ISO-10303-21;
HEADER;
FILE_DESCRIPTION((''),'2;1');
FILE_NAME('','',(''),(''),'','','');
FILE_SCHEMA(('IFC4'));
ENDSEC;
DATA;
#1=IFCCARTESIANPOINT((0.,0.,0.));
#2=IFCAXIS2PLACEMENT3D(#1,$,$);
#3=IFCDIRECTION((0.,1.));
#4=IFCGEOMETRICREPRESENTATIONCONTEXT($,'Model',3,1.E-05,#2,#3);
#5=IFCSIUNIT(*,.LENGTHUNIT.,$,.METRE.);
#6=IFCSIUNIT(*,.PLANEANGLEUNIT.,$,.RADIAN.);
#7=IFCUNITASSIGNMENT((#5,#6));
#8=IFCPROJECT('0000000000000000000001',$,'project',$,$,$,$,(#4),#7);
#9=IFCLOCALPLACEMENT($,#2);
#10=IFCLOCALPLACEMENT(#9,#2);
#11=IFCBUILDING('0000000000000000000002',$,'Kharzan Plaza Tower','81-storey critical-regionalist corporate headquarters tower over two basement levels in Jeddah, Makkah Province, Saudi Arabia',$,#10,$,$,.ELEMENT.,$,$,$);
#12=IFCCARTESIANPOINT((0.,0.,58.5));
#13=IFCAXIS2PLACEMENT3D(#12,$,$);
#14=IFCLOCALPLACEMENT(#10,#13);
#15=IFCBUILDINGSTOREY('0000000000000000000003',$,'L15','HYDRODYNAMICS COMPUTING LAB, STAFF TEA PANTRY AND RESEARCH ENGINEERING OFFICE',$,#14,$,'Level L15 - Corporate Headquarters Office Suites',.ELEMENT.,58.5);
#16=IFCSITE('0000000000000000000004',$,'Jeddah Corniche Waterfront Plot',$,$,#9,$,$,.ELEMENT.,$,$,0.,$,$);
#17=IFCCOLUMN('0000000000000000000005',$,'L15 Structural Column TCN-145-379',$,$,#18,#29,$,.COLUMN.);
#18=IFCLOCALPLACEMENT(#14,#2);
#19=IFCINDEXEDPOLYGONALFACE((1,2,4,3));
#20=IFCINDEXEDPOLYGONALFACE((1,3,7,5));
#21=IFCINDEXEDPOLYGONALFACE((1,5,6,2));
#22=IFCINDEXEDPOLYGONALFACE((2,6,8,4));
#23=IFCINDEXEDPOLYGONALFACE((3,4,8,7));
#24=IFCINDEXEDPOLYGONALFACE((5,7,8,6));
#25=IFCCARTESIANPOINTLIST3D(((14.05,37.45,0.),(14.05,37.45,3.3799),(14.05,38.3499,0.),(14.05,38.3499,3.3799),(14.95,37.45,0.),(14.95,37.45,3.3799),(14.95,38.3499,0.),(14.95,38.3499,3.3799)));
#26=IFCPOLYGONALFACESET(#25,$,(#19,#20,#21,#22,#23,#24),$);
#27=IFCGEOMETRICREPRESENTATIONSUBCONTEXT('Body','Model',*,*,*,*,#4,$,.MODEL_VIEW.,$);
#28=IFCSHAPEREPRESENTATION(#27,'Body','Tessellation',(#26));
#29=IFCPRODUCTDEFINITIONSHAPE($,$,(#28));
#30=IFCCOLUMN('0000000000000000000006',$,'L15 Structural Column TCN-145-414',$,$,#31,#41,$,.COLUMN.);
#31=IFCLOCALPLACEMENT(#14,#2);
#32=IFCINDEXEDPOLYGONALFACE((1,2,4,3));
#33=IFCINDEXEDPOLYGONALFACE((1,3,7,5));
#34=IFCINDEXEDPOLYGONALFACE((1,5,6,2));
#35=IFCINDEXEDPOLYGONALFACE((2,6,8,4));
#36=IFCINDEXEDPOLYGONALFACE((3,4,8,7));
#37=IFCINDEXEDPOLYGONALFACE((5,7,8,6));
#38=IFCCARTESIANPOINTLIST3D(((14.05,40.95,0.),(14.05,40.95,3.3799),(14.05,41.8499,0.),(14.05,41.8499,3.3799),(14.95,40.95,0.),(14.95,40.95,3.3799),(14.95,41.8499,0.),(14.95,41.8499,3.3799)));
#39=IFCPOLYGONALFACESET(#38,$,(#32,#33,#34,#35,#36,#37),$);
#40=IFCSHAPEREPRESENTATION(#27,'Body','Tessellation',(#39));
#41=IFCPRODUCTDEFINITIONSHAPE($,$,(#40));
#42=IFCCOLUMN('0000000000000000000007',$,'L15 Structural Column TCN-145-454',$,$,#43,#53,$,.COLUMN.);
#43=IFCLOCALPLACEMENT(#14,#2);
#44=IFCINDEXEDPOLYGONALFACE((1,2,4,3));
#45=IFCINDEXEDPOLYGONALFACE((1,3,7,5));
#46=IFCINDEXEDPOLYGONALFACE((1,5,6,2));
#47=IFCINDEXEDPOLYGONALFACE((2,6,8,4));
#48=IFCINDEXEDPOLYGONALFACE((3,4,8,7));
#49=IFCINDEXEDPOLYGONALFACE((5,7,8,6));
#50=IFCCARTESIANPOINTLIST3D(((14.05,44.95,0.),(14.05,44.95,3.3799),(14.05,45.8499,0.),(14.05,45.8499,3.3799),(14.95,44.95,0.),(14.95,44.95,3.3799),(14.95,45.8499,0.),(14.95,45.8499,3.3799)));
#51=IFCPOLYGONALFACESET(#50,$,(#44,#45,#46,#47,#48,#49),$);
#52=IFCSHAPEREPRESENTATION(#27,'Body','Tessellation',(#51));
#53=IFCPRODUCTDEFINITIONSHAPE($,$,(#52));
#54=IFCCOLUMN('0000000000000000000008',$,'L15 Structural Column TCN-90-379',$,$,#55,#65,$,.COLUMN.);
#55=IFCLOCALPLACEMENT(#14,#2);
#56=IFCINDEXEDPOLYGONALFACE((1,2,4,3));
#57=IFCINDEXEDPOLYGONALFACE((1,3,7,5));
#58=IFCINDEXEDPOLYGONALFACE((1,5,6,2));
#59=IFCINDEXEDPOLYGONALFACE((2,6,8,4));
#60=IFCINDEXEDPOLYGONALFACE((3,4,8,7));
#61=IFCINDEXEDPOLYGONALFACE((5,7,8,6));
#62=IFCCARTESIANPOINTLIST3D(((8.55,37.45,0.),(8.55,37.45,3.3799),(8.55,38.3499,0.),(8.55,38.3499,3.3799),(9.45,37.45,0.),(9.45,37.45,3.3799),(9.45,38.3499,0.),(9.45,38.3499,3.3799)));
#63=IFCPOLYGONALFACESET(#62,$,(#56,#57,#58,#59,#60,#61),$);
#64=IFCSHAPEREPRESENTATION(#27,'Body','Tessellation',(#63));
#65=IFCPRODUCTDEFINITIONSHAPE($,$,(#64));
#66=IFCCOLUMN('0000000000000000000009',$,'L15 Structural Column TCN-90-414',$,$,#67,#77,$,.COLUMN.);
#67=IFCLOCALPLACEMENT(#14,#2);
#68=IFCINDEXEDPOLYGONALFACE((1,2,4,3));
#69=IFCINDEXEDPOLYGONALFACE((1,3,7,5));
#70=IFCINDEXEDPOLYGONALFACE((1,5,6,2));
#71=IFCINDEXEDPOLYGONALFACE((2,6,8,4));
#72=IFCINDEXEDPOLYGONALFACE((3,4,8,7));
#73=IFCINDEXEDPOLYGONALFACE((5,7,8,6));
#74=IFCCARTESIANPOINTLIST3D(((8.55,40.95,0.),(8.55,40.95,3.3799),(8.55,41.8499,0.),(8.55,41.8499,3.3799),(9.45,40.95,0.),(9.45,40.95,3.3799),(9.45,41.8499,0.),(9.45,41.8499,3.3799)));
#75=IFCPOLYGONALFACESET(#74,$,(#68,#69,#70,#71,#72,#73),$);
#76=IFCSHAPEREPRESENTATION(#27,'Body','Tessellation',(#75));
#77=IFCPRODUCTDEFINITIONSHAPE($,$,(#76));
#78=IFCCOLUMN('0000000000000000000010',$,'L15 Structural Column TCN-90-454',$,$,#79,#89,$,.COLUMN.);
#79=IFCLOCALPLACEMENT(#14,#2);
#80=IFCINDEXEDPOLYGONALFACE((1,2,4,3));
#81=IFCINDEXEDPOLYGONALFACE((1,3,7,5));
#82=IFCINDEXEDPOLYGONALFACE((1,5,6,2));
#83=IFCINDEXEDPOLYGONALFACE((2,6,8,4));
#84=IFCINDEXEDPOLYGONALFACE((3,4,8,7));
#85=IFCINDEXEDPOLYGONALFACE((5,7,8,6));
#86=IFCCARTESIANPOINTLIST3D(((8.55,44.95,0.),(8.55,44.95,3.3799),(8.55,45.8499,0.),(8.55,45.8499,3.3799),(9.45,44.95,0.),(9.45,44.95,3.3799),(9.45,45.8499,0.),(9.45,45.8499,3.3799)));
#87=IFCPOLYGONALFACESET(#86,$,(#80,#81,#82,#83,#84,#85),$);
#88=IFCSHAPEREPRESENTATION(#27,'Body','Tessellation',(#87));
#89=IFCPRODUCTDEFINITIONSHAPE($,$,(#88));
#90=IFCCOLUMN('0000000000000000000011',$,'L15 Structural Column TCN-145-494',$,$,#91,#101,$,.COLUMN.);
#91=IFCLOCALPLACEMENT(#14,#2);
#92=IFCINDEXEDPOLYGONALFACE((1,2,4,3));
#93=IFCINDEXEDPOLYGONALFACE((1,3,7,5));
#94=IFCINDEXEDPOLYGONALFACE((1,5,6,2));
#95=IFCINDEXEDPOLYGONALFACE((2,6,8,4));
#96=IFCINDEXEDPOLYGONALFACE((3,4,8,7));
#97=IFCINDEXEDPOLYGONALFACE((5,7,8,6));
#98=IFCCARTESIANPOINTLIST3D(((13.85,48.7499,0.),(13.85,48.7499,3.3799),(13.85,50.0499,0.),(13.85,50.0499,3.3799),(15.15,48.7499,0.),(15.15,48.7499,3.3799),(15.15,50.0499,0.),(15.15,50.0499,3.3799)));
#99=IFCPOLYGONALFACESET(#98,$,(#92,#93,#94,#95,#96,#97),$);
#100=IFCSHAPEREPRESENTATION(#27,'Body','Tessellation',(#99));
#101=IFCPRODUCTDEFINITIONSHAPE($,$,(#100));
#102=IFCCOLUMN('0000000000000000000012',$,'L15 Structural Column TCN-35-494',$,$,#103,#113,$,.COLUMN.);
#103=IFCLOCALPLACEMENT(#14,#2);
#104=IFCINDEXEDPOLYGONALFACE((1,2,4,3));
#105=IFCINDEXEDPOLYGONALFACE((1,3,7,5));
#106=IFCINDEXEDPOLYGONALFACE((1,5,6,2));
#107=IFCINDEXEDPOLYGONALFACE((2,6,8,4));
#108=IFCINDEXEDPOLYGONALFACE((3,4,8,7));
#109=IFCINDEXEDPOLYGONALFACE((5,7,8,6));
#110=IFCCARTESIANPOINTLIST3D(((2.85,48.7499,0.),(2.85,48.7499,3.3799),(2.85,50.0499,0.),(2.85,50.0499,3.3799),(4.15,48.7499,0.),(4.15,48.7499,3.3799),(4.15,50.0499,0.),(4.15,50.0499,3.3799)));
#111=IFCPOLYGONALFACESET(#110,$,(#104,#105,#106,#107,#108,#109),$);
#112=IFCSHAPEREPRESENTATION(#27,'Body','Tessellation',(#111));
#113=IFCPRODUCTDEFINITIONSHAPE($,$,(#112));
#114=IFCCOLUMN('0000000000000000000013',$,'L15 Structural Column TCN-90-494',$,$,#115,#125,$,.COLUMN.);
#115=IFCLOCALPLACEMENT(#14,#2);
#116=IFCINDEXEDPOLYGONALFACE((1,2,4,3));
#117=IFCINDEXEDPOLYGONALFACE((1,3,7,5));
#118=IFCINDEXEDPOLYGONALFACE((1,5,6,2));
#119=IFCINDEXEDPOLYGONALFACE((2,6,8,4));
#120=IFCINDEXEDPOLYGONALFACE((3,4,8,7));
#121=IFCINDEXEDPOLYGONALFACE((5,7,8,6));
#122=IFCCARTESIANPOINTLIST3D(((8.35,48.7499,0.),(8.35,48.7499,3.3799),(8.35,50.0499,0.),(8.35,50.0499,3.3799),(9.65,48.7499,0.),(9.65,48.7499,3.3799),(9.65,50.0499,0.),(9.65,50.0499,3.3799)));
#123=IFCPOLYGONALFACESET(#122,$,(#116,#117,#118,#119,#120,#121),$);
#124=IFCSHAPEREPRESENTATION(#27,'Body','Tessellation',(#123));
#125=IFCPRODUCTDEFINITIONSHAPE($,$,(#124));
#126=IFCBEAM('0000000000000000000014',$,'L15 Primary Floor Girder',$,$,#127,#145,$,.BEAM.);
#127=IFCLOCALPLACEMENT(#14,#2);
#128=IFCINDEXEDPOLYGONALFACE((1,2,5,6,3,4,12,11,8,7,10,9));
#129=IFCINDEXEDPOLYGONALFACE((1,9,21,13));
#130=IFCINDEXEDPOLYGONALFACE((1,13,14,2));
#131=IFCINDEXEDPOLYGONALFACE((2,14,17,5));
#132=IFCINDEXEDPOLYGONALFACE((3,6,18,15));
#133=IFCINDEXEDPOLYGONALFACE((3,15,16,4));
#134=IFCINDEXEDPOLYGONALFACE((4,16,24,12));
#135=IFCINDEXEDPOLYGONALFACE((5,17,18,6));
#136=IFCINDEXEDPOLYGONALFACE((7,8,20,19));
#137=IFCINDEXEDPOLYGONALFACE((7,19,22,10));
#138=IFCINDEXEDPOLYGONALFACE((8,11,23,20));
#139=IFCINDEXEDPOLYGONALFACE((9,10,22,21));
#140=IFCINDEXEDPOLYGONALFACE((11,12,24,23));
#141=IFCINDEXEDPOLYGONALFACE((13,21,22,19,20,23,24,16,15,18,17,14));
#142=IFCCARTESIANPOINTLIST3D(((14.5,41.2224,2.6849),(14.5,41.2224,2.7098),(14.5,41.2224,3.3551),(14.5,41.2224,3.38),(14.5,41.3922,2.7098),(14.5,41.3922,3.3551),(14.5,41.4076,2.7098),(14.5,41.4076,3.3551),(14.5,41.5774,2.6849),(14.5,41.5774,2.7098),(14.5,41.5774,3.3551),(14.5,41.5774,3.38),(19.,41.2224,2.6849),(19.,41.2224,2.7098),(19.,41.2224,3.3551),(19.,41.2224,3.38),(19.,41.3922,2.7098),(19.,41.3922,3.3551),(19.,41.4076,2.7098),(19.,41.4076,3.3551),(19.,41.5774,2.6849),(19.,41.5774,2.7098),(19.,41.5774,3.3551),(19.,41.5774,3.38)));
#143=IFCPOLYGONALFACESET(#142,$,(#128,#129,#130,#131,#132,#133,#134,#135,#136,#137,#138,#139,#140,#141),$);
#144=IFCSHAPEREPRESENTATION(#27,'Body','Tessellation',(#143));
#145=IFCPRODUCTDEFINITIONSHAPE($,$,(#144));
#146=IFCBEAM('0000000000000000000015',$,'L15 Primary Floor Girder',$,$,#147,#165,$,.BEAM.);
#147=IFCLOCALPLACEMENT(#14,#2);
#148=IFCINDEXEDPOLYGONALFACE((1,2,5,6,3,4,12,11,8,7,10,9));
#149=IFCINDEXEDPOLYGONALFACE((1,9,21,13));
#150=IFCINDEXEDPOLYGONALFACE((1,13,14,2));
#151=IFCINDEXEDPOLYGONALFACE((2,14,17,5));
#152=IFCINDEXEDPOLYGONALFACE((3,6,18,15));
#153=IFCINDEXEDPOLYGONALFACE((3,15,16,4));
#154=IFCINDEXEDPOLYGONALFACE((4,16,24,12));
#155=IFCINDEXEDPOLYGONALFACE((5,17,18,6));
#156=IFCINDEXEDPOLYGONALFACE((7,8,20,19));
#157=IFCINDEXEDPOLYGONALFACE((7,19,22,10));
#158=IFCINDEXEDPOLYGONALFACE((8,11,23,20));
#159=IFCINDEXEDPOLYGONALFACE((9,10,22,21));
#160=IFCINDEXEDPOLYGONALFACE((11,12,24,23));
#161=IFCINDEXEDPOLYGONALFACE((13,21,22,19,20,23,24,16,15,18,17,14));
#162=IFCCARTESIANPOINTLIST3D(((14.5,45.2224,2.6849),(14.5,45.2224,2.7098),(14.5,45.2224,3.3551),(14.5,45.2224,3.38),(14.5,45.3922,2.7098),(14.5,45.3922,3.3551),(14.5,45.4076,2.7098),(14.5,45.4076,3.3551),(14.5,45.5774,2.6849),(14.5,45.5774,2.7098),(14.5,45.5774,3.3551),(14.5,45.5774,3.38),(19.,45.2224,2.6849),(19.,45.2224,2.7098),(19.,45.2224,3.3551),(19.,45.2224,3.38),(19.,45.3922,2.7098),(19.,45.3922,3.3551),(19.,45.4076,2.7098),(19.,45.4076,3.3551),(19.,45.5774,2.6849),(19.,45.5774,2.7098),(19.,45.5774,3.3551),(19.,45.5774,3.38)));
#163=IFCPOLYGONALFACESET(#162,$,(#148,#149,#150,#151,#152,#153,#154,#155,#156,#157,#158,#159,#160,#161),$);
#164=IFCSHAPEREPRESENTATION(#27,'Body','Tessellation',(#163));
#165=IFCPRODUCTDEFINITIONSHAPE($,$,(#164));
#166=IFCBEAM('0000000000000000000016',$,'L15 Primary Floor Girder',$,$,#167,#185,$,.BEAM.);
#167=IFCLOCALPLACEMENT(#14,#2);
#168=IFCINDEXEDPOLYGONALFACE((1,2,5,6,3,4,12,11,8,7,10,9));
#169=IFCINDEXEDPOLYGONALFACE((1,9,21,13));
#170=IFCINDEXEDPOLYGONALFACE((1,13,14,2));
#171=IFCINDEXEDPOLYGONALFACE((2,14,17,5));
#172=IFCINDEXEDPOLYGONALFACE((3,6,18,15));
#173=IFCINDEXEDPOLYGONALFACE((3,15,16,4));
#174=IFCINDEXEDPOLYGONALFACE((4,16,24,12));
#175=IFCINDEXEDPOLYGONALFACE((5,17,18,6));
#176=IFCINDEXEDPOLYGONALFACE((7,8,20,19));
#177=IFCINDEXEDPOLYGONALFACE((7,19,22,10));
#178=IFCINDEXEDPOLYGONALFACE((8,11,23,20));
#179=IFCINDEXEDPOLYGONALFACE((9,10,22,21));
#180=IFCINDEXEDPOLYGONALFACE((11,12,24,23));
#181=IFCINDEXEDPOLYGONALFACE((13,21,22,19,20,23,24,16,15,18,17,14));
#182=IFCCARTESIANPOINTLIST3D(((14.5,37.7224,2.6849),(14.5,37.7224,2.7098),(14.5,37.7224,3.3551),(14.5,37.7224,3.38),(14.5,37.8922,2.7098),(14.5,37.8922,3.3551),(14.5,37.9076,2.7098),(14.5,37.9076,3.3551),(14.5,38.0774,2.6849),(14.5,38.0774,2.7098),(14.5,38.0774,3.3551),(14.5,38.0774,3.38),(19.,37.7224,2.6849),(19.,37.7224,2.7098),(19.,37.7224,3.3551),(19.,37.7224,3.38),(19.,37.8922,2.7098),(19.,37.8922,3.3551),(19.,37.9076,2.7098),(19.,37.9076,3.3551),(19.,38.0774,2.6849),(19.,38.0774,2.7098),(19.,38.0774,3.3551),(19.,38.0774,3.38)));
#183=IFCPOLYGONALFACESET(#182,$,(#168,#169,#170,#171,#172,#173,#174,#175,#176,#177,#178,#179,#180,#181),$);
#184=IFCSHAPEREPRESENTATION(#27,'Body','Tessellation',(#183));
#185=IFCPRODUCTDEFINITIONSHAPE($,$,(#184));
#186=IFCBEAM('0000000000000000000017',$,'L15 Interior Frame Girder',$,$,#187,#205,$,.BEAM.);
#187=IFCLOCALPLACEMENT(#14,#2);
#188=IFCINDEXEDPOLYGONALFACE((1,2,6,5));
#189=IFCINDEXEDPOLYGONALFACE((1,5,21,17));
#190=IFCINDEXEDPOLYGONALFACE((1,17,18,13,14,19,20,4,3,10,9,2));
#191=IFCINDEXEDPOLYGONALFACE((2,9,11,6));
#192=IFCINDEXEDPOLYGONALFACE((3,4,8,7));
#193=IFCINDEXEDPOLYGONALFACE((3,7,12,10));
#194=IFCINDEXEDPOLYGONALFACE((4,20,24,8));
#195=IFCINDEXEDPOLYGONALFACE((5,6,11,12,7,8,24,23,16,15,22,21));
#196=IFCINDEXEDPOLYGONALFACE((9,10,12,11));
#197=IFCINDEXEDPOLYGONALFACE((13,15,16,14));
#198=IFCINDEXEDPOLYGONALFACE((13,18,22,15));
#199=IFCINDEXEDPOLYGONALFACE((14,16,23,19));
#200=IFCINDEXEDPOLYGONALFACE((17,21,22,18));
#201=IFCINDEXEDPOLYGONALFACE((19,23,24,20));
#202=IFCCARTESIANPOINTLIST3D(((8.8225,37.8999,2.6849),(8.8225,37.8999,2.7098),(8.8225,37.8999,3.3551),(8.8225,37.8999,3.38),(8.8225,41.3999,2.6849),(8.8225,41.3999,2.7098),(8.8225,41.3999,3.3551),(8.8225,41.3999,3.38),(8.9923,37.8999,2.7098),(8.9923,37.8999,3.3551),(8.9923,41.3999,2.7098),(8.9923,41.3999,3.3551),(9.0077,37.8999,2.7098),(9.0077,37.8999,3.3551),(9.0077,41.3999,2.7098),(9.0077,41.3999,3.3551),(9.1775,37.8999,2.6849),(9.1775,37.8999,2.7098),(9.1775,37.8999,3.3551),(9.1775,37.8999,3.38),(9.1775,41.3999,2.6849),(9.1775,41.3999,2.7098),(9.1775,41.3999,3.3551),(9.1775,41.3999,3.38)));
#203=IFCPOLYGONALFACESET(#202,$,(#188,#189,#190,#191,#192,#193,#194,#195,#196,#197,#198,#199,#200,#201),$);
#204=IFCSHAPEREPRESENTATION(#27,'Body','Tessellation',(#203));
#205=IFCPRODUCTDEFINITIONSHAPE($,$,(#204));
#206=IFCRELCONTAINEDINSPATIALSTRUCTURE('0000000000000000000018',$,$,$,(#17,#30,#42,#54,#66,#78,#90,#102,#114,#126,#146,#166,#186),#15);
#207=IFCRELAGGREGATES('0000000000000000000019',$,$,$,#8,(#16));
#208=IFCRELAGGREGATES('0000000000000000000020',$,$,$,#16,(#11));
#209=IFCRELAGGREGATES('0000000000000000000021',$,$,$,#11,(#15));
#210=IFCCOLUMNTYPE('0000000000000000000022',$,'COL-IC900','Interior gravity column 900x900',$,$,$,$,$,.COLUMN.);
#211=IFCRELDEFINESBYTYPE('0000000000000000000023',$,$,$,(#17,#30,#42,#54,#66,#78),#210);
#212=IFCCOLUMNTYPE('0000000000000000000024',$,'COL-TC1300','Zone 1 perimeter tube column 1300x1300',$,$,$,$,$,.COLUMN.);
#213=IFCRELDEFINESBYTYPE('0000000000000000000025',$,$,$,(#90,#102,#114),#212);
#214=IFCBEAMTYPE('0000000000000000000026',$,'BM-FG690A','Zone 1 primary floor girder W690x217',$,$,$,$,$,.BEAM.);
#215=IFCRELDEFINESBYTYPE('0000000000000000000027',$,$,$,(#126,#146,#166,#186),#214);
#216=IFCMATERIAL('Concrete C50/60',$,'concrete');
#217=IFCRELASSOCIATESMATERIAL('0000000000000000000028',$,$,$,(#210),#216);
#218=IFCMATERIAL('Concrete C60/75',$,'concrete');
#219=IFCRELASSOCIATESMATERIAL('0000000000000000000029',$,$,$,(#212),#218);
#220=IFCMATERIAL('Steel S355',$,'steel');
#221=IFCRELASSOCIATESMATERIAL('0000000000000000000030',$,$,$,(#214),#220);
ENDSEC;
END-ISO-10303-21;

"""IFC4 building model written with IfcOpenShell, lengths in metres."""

from ifc_helpers import new_model, si_unit, direction, frame, origin, origin_2d, place, context, subcontext, project, spatial, rectangle, i_section, extrude, source, transform, mapped, material, material_profile, profile_set, type_object, element, save


model = new_model("IFC4")

# Units and contexts
model_context = context("Model", 3, precision=1e-05, world=origin(), true_north=direction((0.0, 1.0)))
body_context = subcontext(model_context, "Body", "Model", "MODEL_VIEW")
ifc_project = project(units=[si_unit("LENGTHUNIT", "METRE"), si_unit("PLANEANGLEUNIT", "RADIAN")], contexts=[model_context])

# Site, building, storey
site_placement = place(None, origin())
site = spatial("IfcSite", under=ifc_project, at=site_placement, Name="Jeddah Corniche Waterfront Plot", CompositionType="ELEMENT", RefElevation=0.0)
building_placement = place(site_placement, origin())
building = spatial("IfcBuilding", under=site, at=building_placement, Name="Kharzan Plaza Tower", Description="81-storey critical-regionalist corporate headquarters tower over two basement levels in Jeddah, Makkah Province, Saudi Arabia", CompositionType="ELEMENT")
storey_placement = place(building_placement, frame((0.0, 0.0, 58.5)))
storey = spatial("IfcBuildingStorey", under=building, at=storey_placement, Name="L15", Description="HYDRODYNAMICS COMPUTING LAB, STAFF TEA PANTRY AND RESEARCH ENGINEERING OFFICE", LongName="Level L15 - Corporate Headquarters Office Suites", CompositionType="ELEMENT", Elevation=58.5)

# Columns
ifc_material_1 = material(Name="Concrete C50/60", Category="concrete")
ifc_material_profile_1 = material_profile(ifc_material_1, rectangle(XDim=0.8999, YDim=0.8999, at=origin_2d()), Name="RC-IC900x900")
ifc_profile_set_1 = profile_set([ifc_material_profile_1], Name="Concrete C50/60")
column_type_1 = type_object("IfcColumnType", Name="COL-IC900", Description="Interior gravity column 900x900", PredefinedType="COLUMN", material=ifc_profile_set_1)
shared_shape_1 = source(origin(), body_context, "Body", "SweptSolid", [
    extrude(rectangle(XDim=0.8999, YDim=0.8999, at=origin_2d()), origin(), (0.0, 0.0, 1.0), 3.3799),
])
for number, where, z_axis, x_axis, name in (
    (1, (14.5, 37.8999, 0.0), (0.0, 0.0, 1.0), (1.0, 0.0, 0.0), "L15 Structural Column TCN-145-379"),
    (2, (14.5, 41.3999, 0.0), (0.0, 0.0, 1.0), (1.0, 0.0, 0.0), "L15 Structural Column TCN-145-414"),
    (3, (14.5, 45.3999, 0.0), (0.0, 0.0, 1.0), (1.0, 0.0, 0.0), "L15 Structural Column TCN-145-454"),
    (4, (9.0, 37.8999, 0.0), (0.0, 0.0, 1.0), (1.0, 0.0, 0.0), "L15 Structural Column TCN-90-379"),
    (5, (9.0, 41.3999, 0.0), (0.0, 0.0, 1.0), (1.0, 0.0, 0.0), "L15 Structural Column TCN-90-414"),
    (6, (9.0, 45.3999, 0.0), (0.0, 0.0, 1.0), (1.0, 0.0, 0.0), "L15 Structural Column TCN-90-454"),
):
    element("IfcColumn", number, at=place(storey_placement, frame(where, z_axis=z_axis, x_axis=x_axis)), inside=storey, type_object=column_type_1, Name=name, PredefinedType="COLUMN", context=body_context, shape_type="MappedRepresentation", body=[
        mapped(shared_shape_1, transform((0.0, 0.0, 0.0), x_axis=(1.0, 0.0, 0.0), y_axis=(0.0, 1.0, 0.0), z_axis=(0.0, 0.0, 1.0))),
    ])
ifc_material_2 = material(Name="Concrete C60/75", Category="concrete")
ifc_material_profile_2 = material_profile(ifc_material_2, rectangle(XDim=1.3, YDim=1.3, at=origin_2d()), Name="RC-TC1300x1300")
ifc_profile_set_2 = profile_set([ifc_material_profile_2], Name="Concrete C60/75")
column_type_2 = type_object("IfcColumnType", Name="COL-TC1300", Description="Zone 1 perimeter tube column 1300x1300", PredefinedType="COLUMN", material=ifc_profile_set_2)
shared_shape_2 = source(origin(), body_context, "Body", "SweptSolid", [
    extrude(rectangle(XDim=1.3, YDim=1.3, at=origin_2d()), origin(), (0.0, 0.0, 1.0), 3.3799),
])
for number, where, z_axis, x_axis, name in (
    (7, (14.5, 49.3999, 0.0), (0.0, 0.0, 1.0), (1.0, 0.0, 0.0), "L15 Structural Column TCN-145-494"),
    (8, (3.5, 49.3999, 0.0), (0.0, 0.0, 1.0), (1.0, 0.0, 0.0), "L15 Structural Column TCN-35-494"),
    (9, (9.0, 49.3999, 0.0), (0.0, 0.0, 1.0), (1.0, 0.0, 0.0), "L15 Structural Column TCN-90-494"),
):
    element("IfcColumn", number, at=place(storey_placement, frame(where, z_axis=z_axis, x_axis=x_axis)), inside=storey, type_object=column_type_2, Name=name, PredefinedType="COLUMN", context=body_context, shape_type="MappedRepresentation", body=[
        mapped(shared_shape_2, transform((0.0, 0.0, 0.0), x_axis=(1.0, 0.0, 0.0), y_axis=(0.0, 1.0, 0.0), z_axis=(0.0, 0.0, 1.0))),
    ])

# Beams
ifc_material_3 = material(Name="Steel S355", Category="steel")
ifc_material_profile_3 = material_profile(ifc_material_3, i_section(OverallWidth=0.355, OverallDepth=0.6951, WebThickness=0.0154, FlangeThickness=0.0249, at=origin_2d()), Name="W690x217")
ifc_profile_set_3 = profile_set([ifc_material_profile_3], Name="Steel S355")
beam_type_1 = type_object("IfcBeamType", Name="BM-FG690A", Description="Zone 1 primary floor girder W690x217", PredefinedType="BEAM", material=ifc_profile_set_3)
shared_shape_3 = source(origin(), body_context, "Body", "SweptSolid", [
    extrude(i_section(OverallWidth=0.355, OverallDepth=0.6951, WebThickness=0.0154, FlangeThickness=0.0249, at=origin_2d()), origin(), (0.0, 0.0, 1.0), 4.5),
])
for number, where, z_axis, x_axis, name in (
    (10, (14.5, 41.3999, 3.0325), (1.0, 0.0, 0.0), (0.0, 1.0, 0.0), "L15 Primary Floor Girder"),
    (11, (14.5, 45.3999, 3.0325), (1.0, 0.0, 0.0), (0.0, 1.0, 0.0), "L15 Primary Floor Girder"),
    (12, (14.5, 37.8999, 3.0325), (1.0, 0.0, 0.0), (0.0, 1.0, 0.0), "L15 Primary Floor Girder"),
):
    element("IfcBeam", number, at=place(storey_placement, frame(where, z_axis=z_axis, x_axis=x_axis)), inside=storey, type_object=beam_type_1, Name=name, PredefinedType="BEAM", context=body_context, shape_type="MappedRepresentation", body=[
        mapped(shared_shape_3, transform((0.0, 0.0, 0.0), x_axis=(1.0, 0.0, 0.0), y_axis=(0.0, 1.0, 0.0), z_axis=(0.0, 0.0, 1.0))),
    ])
shared_shape_4 = source(origin(), body_context, "Body", "SweptSolid", [
    extrude(i_section(OverallWidth=0.355, OverallDepth=0.6951, WebThickness=0.0154, FlangeThickness=0.0249, at=origin_2d()), origin(), (0.0, 0.0, 1.0), 3.5),
])
for number, where, z_axis, x_axis, name in (
    (13, (9.0, 37.8999, 3.0325), (0.0, 1.0, 0.0), (-1.0, 0.0, 0.0), "L15 Interior Frame Girder"),
):
    element("IfcBeam", number, at=place(storey_placement, frame(where, z_axis=z_axis, x_axis=x_axis)), inside=storey, type_object=beam_type_1, Name=name, PredefinedType="BEAM", context=body_context, shape_type="MappedRepresentation", body=[
        mapped(shared_shape_4, transform((0.0, 0.0, 0.0), x_axis=(1.0, 0.0, 0.0), y_axis=(0.0, 1.0, 0.0), z_axis=(0.0, 0.0, 1.0))),
    ])

save(model, "model.ifc")
